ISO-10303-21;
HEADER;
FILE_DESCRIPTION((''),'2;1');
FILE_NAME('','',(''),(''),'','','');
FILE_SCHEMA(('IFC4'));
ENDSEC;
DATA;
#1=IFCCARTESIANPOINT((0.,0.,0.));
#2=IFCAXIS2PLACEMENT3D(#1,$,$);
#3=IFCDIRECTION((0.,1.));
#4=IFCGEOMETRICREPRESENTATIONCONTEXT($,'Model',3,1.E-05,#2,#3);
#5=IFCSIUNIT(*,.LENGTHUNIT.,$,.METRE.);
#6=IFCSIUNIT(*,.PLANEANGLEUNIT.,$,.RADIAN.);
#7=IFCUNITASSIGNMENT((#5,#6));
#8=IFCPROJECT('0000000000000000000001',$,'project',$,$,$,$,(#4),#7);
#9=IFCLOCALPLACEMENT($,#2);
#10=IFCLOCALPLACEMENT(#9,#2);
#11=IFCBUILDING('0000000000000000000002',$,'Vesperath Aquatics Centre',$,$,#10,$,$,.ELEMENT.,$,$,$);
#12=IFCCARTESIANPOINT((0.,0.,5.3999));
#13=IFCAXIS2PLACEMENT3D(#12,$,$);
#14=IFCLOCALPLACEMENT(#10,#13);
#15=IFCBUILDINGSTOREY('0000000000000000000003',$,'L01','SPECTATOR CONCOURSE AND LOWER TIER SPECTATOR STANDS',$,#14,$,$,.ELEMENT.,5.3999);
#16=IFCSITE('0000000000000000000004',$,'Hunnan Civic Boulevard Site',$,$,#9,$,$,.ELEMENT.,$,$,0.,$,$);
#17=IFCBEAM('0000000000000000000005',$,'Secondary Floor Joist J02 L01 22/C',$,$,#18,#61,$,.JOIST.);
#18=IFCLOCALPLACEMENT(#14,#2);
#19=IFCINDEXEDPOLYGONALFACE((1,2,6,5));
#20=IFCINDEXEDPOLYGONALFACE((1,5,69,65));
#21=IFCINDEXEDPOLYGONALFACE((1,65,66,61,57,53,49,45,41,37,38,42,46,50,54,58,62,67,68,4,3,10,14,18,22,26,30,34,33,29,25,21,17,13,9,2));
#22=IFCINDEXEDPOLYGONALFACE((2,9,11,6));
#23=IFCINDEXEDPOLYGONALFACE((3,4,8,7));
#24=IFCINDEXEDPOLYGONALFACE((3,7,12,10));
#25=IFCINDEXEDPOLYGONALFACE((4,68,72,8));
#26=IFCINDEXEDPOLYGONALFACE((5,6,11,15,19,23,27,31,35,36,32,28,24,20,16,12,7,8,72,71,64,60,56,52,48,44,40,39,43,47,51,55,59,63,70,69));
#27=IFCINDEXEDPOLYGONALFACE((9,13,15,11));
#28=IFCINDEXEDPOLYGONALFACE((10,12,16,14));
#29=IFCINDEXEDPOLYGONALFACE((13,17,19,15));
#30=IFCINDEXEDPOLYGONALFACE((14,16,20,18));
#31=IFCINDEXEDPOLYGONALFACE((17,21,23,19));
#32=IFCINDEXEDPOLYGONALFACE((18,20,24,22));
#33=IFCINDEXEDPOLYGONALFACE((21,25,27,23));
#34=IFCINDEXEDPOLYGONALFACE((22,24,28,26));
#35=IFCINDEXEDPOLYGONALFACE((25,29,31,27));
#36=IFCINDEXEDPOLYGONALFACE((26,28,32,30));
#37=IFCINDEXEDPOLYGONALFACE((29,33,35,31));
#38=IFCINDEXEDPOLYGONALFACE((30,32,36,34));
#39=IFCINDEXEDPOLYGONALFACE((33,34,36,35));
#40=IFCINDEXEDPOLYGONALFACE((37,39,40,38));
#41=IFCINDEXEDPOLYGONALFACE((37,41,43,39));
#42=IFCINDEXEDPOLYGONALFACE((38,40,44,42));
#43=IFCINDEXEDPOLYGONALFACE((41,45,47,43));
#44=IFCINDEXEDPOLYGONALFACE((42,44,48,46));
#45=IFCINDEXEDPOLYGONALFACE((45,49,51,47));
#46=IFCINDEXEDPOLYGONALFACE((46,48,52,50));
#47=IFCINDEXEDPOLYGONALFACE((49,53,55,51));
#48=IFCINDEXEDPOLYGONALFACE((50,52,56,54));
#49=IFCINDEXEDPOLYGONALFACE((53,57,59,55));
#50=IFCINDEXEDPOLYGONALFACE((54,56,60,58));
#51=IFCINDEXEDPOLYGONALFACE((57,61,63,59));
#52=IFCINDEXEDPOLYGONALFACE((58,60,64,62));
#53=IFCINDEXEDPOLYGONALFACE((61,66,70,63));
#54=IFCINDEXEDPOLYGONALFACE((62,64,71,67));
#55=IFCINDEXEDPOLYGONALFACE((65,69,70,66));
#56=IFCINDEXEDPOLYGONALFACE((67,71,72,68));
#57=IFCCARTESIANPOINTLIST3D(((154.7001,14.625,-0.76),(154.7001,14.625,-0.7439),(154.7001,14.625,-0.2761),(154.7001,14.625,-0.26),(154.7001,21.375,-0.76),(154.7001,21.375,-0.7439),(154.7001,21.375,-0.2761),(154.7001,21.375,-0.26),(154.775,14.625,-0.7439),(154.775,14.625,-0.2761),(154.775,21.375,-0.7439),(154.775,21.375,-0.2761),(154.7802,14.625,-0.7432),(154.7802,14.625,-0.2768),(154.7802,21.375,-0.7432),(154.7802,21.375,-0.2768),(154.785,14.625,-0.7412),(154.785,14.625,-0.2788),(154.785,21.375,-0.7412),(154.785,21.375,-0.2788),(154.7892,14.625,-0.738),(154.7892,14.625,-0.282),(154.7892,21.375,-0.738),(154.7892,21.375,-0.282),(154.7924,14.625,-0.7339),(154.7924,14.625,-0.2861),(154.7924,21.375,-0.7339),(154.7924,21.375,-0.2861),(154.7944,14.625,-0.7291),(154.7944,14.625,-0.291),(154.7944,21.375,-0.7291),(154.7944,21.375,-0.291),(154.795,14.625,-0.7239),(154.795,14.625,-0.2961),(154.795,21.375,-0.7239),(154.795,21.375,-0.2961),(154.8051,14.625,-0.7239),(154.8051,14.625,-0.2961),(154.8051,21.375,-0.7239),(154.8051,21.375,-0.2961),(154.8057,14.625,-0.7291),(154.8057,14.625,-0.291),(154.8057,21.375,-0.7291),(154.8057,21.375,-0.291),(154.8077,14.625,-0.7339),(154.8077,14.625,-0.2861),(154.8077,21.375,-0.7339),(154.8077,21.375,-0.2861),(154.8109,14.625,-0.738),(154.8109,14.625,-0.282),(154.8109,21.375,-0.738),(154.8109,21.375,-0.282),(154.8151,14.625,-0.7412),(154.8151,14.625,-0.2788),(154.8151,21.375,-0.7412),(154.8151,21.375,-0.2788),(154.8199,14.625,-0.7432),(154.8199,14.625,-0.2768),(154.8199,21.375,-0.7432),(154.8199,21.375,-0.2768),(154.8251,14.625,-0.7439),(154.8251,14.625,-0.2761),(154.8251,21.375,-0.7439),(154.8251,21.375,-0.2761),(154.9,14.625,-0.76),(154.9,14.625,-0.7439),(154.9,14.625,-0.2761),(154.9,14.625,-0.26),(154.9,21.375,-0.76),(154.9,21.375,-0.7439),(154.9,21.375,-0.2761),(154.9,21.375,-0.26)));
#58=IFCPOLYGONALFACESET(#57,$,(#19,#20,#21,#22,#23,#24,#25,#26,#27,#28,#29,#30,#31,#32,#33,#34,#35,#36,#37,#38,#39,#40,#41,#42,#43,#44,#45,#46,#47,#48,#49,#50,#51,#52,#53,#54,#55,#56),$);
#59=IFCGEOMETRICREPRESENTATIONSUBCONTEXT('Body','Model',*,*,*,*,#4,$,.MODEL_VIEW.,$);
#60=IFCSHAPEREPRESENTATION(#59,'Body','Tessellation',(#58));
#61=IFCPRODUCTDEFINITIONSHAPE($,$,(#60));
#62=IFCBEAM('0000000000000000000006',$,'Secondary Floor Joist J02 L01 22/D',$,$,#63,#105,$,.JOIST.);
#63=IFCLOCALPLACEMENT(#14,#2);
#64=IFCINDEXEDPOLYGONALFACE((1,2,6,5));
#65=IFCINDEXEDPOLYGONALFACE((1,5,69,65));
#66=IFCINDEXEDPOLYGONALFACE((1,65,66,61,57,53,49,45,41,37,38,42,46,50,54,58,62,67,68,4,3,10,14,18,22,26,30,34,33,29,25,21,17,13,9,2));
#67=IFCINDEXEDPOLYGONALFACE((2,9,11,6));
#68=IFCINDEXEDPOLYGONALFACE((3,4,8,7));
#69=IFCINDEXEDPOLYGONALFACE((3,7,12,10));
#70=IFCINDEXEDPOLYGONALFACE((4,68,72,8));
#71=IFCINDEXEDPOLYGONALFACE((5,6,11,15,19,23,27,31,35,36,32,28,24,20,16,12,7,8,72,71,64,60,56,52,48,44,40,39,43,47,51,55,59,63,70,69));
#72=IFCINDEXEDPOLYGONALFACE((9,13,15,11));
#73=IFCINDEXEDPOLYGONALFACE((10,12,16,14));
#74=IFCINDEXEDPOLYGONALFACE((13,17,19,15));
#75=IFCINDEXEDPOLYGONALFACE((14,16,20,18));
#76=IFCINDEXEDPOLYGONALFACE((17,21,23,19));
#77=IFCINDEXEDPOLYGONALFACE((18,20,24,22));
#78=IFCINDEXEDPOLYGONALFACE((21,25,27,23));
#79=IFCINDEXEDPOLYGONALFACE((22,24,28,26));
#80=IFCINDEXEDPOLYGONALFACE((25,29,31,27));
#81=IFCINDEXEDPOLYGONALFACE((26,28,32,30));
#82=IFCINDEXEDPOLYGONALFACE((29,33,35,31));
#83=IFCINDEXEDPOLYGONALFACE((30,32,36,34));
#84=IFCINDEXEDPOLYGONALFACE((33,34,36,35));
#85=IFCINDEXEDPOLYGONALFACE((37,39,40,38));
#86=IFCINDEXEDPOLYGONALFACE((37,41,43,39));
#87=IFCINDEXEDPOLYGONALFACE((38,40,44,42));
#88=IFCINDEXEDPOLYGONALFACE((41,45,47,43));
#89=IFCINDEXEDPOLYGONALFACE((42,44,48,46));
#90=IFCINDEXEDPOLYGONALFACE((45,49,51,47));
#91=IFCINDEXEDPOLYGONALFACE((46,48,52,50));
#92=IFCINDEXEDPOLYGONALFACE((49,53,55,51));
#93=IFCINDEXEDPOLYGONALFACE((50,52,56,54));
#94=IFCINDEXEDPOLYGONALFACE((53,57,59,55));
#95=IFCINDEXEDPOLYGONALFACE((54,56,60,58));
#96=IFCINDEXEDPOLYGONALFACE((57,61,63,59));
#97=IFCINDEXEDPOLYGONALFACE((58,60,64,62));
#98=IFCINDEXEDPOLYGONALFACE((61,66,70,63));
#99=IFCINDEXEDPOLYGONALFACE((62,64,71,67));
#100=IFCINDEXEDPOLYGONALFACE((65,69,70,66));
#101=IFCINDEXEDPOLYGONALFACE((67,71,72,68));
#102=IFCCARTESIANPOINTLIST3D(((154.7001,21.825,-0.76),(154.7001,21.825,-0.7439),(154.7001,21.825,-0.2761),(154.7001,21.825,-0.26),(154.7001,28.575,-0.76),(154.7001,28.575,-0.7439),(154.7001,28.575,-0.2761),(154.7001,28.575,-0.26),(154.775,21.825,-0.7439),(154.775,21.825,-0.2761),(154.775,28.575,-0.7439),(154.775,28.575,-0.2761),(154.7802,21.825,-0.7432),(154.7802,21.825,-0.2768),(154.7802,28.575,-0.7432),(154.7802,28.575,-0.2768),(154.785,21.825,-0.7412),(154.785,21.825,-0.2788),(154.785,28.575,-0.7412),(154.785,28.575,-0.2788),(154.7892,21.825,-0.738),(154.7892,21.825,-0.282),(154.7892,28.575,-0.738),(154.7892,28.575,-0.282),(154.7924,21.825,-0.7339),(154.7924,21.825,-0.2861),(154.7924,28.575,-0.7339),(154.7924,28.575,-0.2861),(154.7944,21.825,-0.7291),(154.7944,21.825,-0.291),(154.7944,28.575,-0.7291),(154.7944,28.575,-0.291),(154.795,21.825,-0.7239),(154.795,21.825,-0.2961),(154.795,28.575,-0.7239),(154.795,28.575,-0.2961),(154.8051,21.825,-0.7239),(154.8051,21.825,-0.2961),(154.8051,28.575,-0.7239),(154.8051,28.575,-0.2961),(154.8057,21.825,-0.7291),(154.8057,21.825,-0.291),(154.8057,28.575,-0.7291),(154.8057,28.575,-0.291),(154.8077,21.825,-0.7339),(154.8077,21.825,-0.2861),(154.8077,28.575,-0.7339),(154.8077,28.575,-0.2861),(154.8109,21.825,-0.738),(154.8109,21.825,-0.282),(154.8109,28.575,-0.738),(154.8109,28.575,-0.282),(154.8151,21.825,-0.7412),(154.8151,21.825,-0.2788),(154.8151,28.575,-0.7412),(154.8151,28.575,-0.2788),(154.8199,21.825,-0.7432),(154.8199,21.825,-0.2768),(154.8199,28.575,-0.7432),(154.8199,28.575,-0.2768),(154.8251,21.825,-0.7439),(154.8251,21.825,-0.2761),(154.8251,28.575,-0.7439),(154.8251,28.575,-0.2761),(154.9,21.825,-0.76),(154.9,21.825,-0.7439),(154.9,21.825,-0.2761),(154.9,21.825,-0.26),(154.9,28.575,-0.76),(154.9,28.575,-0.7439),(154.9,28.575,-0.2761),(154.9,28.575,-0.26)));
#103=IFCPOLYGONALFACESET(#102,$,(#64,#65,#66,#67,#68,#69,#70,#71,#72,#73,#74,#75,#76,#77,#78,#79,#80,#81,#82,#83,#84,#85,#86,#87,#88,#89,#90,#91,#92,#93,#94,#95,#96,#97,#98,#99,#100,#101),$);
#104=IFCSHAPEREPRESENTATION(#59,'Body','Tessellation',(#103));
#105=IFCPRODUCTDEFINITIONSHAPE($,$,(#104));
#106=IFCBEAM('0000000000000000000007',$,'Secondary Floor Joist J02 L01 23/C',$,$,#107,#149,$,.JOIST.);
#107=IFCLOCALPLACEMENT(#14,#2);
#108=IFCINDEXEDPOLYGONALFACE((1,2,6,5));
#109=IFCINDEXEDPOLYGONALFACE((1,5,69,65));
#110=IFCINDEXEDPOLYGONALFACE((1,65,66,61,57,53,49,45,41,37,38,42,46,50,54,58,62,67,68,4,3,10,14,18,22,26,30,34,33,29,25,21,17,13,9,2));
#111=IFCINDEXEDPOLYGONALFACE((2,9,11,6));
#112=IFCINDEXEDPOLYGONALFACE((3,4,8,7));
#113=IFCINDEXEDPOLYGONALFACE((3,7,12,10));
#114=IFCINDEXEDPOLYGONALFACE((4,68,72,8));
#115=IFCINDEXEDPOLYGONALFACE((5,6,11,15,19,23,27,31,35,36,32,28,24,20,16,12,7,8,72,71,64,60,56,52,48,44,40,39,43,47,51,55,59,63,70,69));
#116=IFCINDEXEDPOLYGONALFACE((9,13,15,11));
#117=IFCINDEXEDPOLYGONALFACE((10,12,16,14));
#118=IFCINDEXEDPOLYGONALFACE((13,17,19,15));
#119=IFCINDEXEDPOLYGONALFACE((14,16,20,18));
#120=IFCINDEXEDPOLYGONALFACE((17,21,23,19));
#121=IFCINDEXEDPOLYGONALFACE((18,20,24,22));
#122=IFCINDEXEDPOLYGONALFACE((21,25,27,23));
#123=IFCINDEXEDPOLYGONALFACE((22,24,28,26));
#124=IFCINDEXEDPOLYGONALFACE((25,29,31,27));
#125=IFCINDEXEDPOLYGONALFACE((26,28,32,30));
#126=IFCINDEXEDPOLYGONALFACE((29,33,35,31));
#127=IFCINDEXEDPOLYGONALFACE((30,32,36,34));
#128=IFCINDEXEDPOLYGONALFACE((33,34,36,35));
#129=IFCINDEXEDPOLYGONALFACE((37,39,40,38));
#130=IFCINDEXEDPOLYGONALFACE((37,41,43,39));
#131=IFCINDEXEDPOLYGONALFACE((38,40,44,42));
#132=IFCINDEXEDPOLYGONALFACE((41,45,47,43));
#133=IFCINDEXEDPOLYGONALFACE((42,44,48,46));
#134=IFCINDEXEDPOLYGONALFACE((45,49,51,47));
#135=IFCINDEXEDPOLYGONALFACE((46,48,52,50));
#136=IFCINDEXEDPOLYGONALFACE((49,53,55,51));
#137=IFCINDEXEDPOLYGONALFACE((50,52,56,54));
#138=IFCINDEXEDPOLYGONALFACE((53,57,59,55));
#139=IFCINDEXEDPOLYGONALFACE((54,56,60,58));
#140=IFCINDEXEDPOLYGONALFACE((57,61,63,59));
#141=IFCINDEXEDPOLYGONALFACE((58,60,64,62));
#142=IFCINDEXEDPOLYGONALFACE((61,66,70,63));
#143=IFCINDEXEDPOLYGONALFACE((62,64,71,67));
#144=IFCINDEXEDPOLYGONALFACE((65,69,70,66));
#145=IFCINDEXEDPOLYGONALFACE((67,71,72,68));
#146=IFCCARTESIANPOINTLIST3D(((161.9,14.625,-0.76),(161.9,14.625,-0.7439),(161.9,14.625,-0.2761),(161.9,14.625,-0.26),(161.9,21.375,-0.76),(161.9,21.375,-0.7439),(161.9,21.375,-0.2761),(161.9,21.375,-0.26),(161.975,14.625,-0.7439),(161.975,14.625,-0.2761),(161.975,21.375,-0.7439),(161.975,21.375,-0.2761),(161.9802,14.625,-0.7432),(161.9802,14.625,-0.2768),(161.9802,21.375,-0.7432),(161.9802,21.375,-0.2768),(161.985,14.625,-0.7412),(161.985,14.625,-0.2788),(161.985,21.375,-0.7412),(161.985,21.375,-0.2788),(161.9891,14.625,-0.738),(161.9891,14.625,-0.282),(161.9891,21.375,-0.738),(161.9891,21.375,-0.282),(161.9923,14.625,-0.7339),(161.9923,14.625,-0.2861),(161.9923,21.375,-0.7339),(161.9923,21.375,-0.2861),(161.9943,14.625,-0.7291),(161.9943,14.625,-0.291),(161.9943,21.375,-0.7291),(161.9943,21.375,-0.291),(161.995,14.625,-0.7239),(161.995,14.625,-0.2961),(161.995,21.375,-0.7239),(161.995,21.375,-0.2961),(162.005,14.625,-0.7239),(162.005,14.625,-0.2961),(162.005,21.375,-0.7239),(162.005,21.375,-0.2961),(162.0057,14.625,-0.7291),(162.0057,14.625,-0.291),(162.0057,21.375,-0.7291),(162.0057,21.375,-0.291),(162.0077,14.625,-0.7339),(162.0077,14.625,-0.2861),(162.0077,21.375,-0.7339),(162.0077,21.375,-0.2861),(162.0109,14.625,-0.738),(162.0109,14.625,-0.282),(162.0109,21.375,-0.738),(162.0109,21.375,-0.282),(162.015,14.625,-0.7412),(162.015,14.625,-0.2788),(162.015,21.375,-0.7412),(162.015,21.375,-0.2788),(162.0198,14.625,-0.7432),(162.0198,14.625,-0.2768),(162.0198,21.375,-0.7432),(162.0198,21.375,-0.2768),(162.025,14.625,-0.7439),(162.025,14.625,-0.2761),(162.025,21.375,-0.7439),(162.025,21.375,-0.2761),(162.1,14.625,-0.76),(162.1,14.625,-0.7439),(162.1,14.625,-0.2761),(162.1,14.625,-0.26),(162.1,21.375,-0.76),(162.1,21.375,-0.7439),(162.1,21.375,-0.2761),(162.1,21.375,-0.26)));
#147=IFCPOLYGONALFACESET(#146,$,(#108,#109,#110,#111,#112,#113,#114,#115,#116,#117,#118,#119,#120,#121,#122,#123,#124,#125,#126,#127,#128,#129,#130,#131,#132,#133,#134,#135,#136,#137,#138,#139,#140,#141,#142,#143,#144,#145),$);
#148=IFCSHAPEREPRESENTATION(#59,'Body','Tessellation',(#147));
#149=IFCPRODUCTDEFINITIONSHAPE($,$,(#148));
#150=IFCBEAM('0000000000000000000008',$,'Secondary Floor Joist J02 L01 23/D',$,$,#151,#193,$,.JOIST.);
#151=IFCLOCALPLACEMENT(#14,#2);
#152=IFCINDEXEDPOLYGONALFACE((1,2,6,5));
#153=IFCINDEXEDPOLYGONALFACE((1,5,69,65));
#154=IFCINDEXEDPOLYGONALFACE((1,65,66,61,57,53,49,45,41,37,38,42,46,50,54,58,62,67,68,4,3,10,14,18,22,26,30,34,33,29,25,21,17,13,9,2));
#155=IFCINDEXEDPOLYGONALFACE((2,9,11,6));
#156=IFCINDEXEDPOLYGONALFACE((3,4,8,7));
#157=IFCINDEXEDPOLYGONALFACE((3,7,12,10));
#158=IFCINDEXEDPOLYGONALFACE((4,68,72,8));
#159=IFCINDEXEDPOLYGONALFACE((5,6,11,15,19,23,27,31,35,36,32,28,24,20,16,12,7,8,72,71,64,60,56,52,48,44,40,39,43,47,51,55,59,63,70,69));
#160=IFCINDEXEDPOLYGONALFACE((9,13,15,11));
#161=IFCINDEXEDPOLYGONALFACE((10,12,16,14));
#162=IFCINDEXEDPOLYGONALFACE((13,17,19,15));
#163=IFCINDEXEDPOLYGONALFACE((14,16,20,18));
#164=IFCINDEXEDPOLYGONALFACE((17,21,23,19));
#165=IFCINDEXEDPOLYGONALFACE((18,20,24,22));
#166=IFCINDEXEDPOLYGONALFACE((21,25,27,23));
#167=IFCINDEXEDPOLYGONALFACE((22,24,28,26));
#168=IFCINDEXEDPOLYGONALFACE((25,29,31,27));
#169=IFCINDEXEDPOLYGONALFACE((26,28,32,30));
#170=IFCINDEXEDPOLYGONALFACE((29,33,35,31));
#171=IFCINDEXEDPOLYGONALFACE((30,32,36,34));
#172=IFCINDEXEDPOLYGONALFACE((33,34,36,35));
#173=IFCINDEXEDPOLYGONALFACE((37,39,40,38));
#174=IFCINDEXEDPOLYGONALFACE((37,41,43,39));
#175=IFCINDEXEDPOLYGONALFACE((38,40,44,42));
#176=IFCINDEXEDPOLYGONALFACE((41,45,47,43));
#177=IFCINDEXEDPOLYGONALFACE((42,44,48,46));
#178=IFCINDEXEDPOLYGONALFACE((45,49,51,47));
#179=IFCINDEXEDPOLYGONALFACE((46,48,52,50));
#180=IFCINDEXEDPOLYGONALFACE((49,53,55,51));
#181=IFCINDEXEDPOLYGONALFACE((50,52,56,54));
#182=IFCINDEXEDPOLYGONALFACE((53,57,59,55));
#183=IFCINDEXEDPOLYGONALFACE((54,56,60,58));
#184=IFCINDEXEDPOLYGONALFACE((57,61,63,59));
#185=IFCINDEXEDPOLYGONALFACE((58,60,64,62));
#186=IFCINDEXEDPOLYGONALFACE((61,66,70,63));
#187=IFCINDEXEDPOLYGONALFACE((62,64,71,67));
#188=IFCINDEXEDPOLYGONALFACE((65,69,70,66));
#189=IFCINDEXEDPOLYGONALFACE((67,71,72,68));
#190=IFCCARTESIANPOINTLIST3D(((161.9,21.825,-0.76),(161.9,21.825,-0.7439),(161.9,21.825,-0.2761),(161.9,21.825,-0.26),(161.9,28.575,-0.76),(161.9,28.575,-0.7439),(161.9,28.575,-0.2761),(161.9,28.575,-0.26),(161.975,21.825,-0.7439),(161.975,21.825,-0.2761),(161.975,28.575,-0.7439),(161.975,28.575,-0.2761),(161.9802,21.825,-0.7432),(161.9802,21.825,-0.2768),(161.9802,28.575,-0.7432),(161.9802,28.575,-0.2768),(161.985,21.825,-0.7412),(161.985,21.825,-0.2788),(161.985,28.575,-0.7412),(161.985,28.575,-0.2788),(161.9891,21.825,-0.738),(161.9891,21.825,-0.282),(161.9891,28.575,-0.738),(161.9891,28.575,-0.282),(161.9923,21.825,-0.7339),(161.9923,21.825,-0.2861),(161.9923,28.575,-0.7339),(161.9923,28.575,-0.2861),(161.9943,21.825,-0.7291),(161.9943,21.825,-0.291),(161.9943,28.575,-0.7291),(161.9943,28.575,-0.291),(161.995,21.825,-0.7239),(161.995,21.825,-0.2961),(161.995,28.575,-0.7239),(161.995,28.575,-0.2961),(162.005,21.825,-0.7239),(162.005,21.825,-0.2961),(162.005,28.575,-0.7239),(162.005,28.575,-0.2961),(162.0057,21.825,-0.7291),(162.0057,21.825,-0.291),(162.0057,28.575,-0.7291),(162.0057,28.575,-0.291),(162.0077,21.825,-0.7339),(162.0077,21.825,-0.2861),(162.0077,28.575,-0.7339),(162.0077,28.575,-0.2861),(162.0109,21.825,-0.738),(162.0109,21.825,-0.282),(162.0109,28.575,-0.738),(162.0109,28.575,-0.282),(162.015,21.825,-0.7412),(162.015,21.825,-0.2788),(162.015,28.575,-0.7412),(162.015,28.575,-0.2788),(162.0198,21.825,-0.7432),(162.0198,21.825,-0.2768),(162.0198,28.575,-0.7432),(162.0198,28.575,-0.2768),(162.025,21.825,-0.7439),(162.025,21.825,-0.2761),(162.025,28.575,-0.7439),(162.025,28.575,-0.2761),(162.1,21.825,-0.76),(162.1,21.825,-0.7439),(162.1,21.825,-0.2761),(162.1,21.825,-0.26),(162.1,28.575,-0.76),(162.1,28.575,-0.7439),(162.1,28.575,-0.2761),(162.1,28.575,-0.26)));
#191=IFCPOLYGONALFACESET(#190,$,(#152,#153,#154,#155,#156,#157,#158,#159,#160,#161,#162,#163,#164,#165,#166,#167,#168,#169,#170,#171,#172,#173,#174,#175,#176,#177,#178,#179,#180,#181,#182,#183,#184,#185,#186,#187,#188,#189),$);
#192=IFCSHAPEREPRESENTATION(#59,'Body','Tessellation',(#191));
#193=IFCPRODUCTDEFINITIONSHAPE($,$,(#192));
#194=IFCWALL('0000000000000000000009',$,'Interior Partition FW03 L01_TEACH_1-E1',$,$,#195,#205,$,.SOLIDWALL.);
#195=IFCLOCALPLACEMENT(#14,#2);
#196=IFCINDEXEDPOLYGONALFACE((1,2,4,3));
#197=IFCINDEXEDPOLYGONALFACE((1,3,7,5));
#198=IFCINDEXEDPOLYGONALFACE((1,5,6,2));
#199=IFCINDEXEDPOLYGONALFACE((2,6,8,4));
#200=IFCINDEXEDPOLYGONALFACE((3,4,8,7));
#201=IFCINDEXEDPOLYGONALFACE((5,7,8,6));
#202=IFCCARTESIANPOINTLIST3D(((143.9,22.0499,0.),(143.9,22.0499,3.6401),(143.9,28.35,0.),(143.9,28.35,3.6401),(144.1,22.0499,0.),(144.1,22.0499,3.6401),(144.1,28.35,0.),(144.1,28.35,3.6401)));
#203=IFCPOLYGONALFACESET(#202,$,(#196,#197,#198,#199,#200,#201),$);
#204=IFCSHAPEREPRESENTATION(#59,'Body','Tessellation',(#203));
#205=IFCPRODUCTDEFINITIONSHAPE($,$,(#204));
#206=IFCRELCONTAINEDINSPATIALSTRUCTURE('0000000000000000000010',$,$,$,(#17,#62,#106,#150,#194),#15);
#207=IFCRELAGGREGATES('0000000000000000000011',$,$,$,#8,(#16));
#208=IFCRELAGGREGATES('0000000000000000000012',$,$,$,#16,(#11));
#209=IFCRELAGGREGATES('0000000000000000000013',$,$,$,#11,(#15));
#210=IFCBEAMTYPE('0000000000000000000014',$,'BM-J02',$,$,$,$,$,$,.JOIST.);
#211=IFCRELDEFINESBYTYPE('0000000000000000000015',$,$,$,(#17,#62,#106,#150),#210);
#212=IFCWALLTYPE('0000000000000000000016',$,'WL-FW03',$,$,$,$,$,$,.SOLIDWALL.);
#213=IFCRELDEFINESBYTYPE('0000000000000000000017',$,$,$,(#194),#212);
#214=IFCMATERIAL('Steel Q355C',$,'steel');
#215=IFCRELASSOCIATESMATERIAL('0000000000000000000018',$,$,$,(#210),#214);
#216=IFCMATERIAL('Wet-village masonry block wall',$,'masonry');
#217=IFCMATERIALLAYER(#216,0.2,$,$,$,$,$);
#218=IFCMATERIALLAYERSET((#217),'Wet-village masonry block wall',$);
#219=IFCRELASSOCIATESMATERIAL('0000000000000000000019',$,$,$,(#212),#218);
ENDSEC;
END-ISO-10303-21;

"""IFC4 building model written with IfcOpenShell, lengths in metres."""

from ifc_helpers import new_model, si_unit, direction, frame, frame_2d, origin, origin_2d, place, context, subcontext, project, spatial, rectangle, i_section, extrude, material, layer, layer_set, material_profile, profile_set, type_object, element, save


model = new_model("IFC4")

# Units and contexts
model_context = context("Model", 3, precision=1e-05, world=origin(), true_north=direction((0.0, 1.0)))
body_context = subcontext(model_context, "Body", "Model", "MODEL_VIEW")
ifc_project = project(units=[si_unit("LENGTHUNIT", "METRE"), si_unit("PLANEANGLEUNIT", "RADIAN")], contexts=[model_context])

# Site, building, storey
site_placement = place(None, origin())
site = spatial("IfcSite", under=ifc_project, at=site_placement, Name="Hunnan Civic Boulevard Site", CompositionType="ELEMENT", RefElevation=0.0)
building_placement = place(site_placement, origin())
building = spatial("IfcBuilding", under=site, at=building_placement, Name="Vesperath Aquatics Centre", CompositionType="ELEMENT")
storey_placement = place(building_placement, frame((0.0, 0.0, 5.3999)))
storey = spatial("IfcBuildingStorey", under=building, at=storey_placement, Name="L01", Description="SPECTATOR CONCOURSE AND LOWER TIER SPECTATOR STANDS", CompositionType="ELEMENT", Elevation=5.3999)

# Beams
ifc_material_1 = material(Name="Steel Q355C", Category="steel")
ifc_material_profile_1 = material_profile(ifc_material_1, i_section(OverallWidth=0.2, OverallDepth=0.5, WebThickness=0.01, FlangeThickness=0.0161, FilletRadius=0.02, at=origin_2d()), Name="HN 500x200x10x16")
ifc_profile_set_1 = profile_set([ifc_material_profile_1], Name="Steel Q355C")
beam_type_1 = type_object("IfcBeamType", Name="BM-J02", PredefinedType="JOIST", material=ifc_profile_set_1)
for number, where, z_axis, x_axis, name in (
    (1, (154.8, 14.625, -0.51), (0.0, 1.0, 0.0), (-1.0, 0.0, 0.0), "Secondary Floor Joist J02 L01 22/C"),
    (2, (154.8, 21.825, -0.51), (0.0, 1.0, 0.0), (-1.0, 0.0, 0.0), "Secondary Floor Joist J02 L01 22/D"),
    (3, (162.0, 14.625, -0.51), (0.0, 1.0, 0.0), (-1.0, 0.0, 0.0), "Secondary Floor Joist J02 L01 23/C"),
    (4, (162.0, 21.825, -0.51), (0.0, 1.0, 0.0), (-1.0, 0.0, 0.0), "Secondary Floor Joist J02 L01 23/D"),
):
    element("IfcBeam", number, at=place(storey_placement, frame(where, z_axis=z_axis, x_axis=x_axis)), inside=storey, type_object=beam_type_1, Name=name, PredefinedType="JOIST", context=body_context, shape_type="SweptSolid", body=[
        extrude(i_section(OverallWidth=0.2, OverallDepth=0.5, WebThickness=0.01, FlangeThickness=0.0161, FilletRadius=0.02, at=origin_2d()), origin(), (0.0, 0.0, 1.0), 6.75),
    ])

# Wall
ifc_material_2 = material(Name="Wet-village masonry block wall", Category="masonry")
ifc_layer_1 = layer(ifc_material_2, 0.2)
ifc_layer_set_1 = layer_set([ifc_layer_1], Name="Wet-village masonry block wall")
wall_type_1 = type_object("IfcWallType", Name="WL-FW03", PredefinedType="SOLIDWALL", material=ifc_layer_set_1)
wall_1_placement = place(storey_placement, frame((144.0, 22.05, 0.0), z_axis=(0.0, 0.0, 1.0), x_axis=(0.0, 1.0, 0.0)))
element("IfcWall", 5, at=wall_1_placement, inside=storey, type_object=wall_type_1, Name="Interior Partition FW03 L01_TEACH_1-E1", PredefinedType="SOLIDWALL", context=body_context, shape_type="SweptSolid", body=[
    extrude(rectangle(XDim=6.3, YDim=0.2, at=frame_2d((3.1499, 0.0))), origin(), (0.0, 0.0, 1.0), 3.6401),
])

save(model, "model.ifc")
